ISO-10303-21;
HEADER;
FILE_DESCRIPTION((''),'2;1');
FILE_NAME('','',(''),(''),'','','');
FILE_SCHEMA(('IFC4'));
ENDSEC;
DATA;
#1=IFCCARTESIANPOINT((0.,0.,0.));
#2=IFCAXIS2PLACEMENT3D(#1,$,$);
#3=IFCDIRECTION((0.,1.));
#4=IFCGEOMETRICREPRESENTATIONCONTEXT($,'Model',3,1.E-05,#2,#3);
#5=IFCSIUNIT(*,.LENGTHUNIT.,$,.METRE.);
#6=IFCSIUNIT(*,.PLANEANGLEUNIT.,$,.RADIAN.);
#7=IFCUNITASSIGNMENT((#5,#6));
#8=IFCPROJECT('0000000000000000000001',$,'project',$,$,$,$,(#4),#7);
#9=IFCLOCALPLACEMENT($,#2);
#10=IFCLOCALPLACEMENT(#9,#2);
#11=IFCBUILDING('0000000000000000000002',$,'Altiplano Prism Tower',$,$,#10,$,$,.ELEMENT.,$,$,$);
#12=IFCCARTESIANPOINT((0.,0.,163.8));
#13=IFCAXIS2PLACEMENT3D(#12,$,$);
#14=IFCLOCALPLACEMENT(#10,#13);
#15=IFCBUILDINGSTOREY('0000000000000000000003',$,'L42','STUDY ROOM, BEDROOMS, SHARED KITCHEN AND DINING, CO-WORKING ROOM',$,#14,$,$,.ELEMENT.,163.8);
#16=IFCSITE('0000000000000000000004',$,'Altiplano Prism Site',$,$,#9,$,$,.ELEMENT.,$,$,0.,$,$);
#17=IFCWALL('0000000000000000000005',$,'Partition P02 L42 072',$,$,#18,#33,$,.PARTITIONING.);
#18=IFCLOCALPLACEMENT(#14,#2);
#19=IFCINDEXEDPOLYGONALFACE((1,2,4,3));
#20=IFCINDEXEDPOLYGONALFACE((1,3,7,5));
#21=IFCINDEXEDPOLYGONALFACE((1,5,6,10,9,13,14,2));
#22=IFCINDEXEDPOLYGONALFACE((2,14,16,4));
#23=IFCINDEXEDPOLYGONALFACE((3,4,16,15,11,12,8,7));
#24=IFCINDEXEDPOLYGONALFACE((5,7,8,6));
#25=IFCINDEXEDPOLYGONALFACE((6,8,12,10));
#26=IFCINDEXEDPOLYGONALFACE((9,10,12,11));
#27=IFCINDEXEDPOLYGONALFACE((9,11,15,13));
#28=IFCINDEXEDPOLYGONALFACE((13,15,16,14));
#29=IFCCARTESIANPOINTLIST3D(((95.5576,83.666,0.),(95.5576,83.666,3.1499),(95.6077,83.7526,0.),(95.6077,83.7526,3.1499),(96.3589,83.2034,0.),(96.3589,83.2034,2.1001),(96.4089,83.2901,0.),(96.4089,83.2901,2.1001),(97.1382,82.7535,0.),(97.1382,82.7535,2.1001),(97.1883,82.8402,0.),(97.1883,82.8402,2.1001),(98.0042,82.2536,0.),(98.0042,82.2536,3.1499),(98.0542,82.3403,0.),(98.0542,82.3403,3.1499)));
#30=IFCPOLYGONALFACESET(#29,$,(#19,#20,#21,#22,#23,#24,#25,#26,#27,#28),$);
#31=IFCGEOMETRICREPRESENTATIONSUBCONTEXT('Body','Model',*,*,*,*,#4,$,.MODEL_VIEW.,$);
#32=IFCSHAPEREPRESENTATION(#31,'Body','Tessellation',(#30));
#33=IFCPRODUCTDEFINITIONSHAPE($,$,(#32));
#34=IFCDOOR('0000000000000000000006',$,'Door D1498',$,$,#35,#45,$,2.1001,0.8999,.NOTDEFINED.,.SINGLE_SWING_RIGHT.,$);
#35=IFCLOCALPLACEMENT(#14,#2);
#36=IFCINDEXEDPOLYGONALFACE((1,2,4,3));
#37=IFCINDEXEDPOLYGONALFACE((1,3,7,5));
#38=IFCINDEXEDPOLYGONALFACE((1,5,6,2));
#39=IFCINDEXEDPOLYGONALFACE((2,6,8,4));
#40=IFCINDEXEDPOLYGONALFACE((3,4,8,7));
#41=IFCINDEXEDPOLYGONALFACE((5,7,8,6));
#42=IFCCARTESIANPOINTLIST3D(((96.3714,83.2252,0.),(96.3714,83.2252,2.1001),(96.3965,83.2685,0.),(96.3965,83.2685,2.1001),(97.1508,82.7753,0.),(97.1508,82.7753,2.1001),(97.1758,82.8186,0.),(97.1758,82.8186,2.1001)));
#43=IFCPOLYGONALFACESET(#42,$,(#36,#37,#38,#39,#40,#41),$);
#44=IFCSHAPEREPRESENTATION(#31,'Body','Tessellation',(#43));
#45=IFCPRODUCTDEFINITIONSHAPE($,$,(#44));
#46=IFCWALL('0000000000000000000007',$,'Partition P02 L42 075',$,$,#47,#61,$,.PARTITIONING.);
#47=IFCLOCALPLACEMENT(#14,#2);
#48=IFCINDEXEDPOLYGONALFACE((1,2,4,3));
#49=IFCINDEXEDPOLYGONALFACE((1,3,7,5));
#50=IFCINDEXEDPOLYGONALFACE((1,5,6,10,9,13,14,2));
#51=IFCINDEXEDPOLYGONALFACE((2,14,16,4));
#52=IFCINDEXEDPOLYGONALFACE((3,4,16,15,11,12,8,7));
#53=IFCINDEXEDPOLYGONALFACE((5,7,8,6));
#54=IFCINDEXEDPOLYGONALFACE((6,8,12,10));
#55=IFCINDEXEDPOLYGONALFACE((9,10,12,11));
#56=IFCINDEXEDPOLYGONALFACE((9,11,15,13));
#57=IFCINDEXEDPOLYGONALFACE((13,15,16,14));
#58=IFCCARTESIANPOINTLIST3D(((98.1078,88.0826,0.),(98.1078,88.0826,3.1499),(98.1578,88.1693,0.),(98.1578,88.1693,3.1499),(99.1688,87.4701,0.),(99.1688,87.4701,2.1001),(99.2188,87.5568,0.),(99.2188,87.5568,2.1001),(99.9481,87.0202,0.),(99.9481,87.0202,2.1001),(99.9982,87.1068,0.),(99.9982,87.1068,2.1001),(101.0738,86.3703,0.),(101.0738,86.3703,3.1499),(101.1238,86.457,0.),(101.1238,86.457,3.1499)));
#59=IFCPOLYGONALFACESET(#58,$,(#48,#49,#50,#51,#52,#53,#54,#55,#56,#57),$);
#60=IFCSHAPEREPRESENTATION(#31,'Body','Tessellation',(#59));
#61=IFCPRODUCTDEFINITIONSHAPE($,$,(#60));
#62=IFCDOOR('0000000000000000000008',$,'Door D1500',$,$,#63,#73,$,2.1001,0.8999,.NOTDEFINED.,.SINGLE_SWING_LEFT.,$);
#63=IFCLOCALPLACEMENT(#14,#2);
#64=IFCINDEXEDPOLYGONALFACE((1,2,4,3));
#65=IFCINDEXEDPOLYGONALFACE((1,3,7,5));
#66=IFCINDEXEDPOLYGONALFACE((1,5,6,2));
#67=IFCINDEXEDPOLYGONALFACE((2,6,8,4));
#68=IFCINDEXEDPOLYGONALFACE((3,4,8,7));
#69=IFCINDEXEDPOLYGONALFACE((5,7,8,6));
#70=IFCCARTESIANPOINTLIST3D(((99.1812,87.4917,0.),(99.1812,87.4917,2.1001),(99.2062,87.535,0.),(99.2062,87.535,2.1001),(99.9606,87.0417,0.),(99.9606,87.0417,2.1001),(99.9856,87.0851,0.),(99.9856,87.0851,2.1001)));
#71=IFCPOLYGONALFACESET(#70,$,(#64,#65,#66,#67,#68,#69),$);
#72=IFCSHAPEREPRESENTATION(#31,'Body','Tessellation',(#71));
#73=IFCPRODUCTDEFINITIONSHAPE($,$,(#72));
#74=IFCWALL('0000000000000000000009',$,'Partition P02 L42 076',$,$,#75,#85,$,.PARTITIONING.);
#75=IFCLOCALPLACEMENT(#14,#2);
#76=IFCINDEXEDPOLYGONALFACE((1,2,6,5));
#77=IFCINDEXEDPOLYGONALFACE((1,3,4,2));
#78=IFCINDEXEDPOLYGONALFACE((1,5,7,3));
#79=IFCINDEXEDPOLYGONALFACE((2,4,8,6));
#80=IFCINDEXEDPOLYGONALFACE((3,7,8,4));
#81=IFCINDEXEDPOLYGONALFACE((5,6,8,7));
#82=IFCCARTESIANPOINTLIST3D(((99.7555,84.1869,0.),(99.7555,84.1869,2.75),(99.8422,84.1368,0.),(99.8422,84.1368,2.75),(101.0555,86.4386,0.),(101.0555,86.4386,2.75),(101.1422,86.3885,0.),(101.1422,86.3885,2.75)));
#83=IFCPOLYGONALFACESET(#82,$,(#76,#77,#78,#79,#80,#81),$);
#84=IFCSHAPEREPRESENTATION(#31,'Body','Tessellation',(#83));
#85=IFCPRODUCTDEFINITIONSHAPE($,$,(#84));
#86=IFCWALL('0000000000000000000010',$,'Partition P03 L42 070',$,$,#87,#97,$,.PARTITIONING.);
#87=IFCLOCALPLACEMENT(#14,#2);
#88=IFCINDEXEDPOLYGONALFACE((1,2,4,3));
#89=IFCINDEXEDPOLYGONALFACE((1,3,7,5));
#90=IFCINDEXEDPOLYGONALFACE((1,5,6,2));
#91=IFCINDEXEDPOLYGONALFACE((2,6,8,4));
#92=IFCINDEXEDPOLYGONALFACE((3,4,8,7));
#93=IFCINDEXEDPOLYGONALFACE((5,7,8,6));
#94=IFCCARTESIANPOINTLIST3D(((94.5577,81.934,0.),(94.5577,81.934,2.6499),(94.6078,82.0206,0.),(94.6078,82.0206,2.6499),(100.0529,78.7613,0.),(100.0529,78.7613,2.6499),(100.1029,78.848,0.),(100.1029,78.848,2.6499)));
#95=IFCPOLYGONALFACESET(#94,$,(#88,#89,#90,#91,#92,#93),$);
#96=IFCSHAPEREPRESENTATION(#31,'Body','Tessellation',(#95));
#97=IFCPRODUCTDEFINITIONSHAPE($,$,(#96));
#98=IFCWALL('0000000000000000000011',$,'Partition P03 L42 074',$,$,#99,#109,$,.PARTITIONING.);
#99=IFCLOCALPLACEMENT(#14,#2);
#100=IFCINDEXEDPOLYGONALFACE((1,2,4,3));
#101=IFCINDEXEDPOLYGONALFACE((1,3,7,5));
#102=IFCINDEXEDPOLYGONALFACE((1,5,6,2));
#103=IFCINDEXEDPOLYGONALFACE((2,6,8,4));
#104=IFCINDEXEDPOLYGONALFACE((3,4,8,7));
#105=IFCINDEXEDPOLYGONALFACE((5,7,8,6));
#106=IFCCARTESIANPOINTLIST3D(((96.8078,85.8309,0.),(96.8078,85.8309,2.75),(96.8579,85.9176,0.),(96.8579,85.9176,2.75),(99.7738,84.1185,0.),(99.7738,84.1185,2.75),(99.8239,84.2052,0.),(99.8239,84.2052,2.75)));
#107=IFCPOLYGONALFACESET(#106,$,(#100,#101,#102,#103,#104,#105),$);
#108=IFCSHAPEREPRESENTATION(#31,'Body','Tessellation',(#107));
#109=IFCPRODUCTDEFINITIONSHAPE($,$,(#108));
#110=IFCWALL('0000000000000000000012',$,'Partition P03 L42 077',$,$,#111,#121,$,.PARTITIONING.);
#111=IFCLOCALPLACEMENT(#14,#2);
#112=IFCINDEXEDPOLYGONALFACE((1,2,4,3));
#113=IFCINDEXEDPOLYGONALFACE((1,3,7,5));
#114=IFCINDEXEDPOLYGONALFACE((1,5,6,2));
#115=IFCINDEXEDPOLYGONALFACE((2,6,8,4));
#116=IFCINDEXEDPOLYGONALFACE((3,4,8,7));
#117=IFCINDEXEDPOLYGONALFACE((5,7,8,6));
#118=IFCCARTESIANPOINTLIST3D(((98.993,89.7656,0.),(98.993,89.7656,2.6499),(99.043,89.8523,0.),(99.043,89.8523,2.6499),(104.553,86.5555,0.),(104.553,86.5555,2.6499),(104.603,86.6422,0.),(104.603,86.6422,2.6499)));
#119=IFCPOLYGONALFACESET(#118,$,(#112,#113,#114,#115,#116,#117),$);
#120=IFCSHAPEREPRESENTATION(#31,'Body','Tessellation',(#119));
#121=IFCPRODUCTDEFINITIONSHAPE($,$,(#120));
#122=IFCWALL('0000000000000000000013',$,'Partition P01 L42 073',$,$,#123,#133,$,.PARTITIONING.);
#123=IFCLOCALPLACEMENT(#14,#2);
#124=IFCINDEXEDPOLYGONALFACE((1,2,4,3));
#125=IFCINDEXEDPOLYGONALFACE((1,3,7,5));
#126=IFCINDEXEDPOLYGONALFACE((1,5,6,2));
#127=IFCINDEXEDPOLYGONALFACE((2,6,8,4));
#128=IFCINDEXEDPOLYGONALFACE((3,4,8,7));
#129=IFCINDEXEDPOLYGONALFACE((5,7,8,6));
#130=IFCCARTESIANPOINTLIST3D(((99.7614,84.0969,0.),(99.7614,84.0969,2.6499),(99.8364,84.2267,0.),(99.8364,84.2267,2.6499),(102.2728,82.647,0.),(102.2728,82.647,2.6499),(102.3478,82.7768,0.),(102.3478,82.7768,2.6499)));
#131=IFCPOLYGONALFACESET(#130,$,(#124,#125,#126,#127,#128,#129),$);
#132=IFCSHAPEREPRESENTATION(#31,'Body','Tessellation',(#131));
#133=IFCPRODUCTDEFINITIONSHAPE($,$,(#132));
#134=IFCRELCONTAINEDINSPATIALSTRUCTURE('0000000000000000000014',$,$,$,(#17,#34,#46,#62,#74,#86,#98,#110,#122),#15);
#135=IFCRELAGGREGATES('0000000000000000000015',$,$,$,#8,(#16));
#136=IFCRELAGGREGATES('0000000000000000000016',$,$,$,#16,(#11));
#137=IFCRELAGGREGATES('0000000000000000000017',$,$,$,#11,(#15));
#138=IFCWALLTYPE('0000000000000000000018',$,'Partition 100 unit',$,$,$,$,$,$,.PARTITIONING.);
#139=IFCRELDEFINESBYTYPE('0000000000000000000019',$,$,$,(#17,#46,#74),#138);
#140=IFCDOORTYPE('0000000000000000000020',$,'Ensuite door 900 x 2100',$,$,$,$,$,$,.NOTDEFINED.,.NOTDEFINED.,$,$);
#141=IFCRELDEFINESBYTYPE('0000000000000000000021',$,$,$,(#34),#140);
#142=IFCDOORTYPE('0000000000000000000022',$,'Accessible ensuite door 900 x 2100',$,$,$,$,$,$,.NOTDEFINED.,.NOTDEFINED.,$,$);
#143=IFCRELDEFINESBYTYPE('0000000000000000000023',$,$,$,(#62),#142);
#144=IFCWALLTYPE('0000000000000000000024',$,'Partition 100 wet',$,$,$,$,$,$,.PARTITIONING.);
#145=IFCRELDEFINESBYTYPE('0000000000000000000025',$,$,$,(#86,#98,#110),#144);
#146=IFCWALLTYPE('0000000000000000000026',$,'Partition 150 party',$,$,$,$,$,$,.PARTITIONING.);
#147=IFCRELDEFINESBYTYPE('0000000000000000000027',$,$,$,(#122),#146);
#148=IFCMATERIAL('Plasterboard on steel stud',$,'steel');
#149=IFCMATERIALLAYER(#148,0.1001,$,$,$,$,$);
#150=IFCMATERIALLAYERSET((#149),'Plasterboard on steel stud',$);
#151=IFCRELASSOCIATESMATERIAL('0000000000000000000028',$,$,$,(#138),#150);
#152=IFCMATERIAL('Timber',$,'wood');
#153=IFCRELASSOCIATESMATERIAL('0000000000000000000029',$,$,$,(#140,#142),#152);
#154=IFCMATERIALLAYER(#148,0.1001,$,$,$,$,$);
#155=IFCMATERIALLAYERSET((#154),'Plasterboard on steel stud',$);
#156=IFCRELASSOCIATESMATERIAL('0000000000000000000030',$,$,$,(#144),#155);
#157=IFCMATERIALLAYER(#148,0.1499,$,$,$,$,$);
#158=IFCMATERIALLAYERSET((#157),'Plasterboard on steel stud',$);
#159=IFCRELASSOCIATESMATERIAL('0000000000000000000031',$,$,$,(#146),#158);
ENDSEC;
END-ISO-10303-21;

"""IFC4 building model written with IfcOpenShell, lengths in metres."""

from ifc_helpers import new_model, si_unit, direction, frame, frame_2d, origin, place, context, subcontext, project, spatial, rectangle, extrude, material, layer, layer_set, type_object, element, fill, save


model = new_model("IFC4")

# Units and contexts
model_context = context("Model", 3, precision=1e-05, world=origin(), true_north=direction((0.0, 1.0)))
body_context = subcontext(model_context, "Body", "Model", "MODEL_VIEW")
ifc_project = project(units=[si_unit("LENGTHUNIT", "METRE"), si_unit("PLANEANGLEUNIT", "RADIAN")], contexts=[model_context])

# Site, building, storey
site_placement = place(None, origin())
site = spatial("IfcSite", under=ifc_project, at=site_placement, Name="Altiplano Prism Site", CompositionType="ELEMENT", RefElevation=0.0)
building_placement = place(site_placement, origin())
building = spatial("IfcBuilding", under=site, at=building_placement, Name="Altiplano Prism Tower", CompositionType="ELEMENT")
storey_placement = place(building_placement, frame((0.0, 0.0, 163.8)))
storey = spatial("IfcBuildingStorey", under=building, at=storey_placement, Name="L42", Description="STUDY ROOM, BEDROOMS, SHARED KITCHEN AND DINING, CO-WORKING ROOM", CompositionType="ELEMENT", Elevation=163.8)

# Shared definitions
ifc_material_1 = material(Name="Plasterboard on steel stud", Category="steel")
ifc_layer_1 = layer(ifc_material_1, 0.1001)
ifc_layer_set_1 = layer_set([ifc_layer_1], Name="Plasterboard on steel stud")
wall_type_1 = type_object("IfcWallType", Name="Partition 100 unit", PredefinedType="PARTITIONING", material=ifc_layer_set_1)

# Walls, openings, doors
wall_1_placement = place(storey_placement, frame((98.0293, 82.2969, 0.0), z_axis=(0.0, 0.0, 1.0), x_axis=(-0.866049, 0.499959, 0.0)))
wall_1 = element("IfcWall", 1, at=wall_1_placement, inside=storey, type_object=wall_type_1, Name="Partition P02 L42 072", PredefinedType="PARTITIONING", context=body_context, shape_type="SweptSolid", body=[
    extrude(rectangle(XDim=2.825, YDim=0.1001, at=frame_2d((1.4126, 0.0))), origin(), (0.0, 0.0, 1.0), 3.1499),
])
opening_1_placement = place(wall_1_placement, frame((1.0, 0.0, 0.0)))
opening_1 = element("IfcOpeningElement", 2, at=opening_1_placement, cuts=wall_1, PredefinedType="OPENING", context=body_context, shape_type="SweptSolid", body=[
    extrude(rectangle(XDim=0.8999, YDim=2.1001, at=frame_2d((0.45, 1.05))), frame((0.0, 0.0605, 0.0), z_axis=(0.0, -1.0, 0.0), x_axis=(1.0, 0.0, 0.0)), (0.0, 0.0, 1.0), 0.1211),
])
ifc_material_2 = material(Name="Timber", Category="wood")
door_type_1 = type_object("IfcDoorType", Name="Ensuite door 900 x 2100", OperationType="NOTDEFINED", PredefinedType="NOTDEFINED", material=ifc_material_2)
door_1_placement = place(opening_1_placement, origin())
door_1 = element("IfcDoor", 3, at=door_1_placement, inside=storey, type_object=door_type_1, Name="Door D1498", OperationType="SINGLE_SWING_RIGHT", OverallHeight=2.1001, OverallWidth=0.8999, PredefinedType="NOTDEFINED", context=body_context, shape_type="SweptSolid", body=[
    extrude(rectangle(XDim=0.8999, YDim=2.1001, at=frame_2d((0.45, 1.05))), frame((0.0, 0.0249, 0.0), z_axis=(0.0, -1.0, 0.0), x_axis=(1.0, 0.0, 0.0)), (0.0, 0.0, 1.0), 0.05),
])
fill(opening_1, door_1)
wall_2_placement = place(storey_placement, frame((98.1328, 88.126, 0.0), z_axis=(0.0, 0.0, 1.0), x_axis=(0.866032, -0.499988, 0.0)))
wall_2 = element("IfcWall", 4, at=wall_2_placement, inside=storey, type_object=wall_type_1, Name="Partition P02 L42 075", PredefinedType="PARTITIONING", context=body_context, shape_type="SweptSolid", body=[
    extrude(rectangle(XDim=3.4248, YDim=0.1001, at=frame_2d((1.7124, 0.0))), origin(), (0.0, 0.0, 1.0), 3.1499),
])
opening_2_placement = place(wall_2_placement, frame((1.2251, 0.0, 0.0)))
opening_2 = element("IfcOpeningElement", 5, at=opening_2_placement, cuts=wall_2, PredefinedType="OPENING", context=body_context, shape_type="SweptSolid", body=[
    extrude(rectangle(XDim=0.8999, YDim=2.1001, at=frame_2d((0.45, 1.05))), frame((0.0, 0.0605, 0.0), z_axis=(0.0, -1.0, 0.0), x_axis=(1.0, 0.0, 0.0)), (0.0, 0.0, 1.0), 0.1211),
])
door_type_2 = type_object("IfcDoorType", Name="Accessible ensuite door 900 x 2100", OperationType="NOTDEFINED", PredefinedType="NOTDEFINED", material=ifc_material_2)
door_2_placement = place(opening_2_placement, origin())
door_2 = element("IfcDoor", 6, at=door_2_placement, inside=storey, type_object=door_type_2, Name="Door D1500", OperationType="SINGLE_SWING_LEFT", OverallHeight=2.1001, OverallWidth=0.8999, PredefinedType="NOTDEFINED", context=body_context, shape_type="SweptSolid", body=[
    extrude(rectangle(XDim=0.8999, YDim=2.1001, at=frame_2d((0.45, 1.05))), frame((0.0, 0.0249, 0.0), z_axis=(0.0, -1.0, 0.0), x_axis=(1.0, 0.0, 0.0)), (0.0, 0.0, 1.0), 0.05),
])
fill(opening_2, door_2)

# Walls
wall_3_placement = place(storey_placement, frame((101.0989, 86.4136, 0.0), z_axis=(0.0, 0.0, 1.0), x_axis=(-0.500007, -0.866021, 0.0)))
element("IfcWall", 7, at=wall_3_placement, inside=storey, type_object=wall_type_1, Name="Partition P02 L42 076", PredefinedType="PARTITIONING", context=body_context, shape_type="SweptSolid", body=[
    extrude(rectangle(XDim=2.6001, YDim=0.1001, at=frame_2d((1.3, 0.0))), origin(), (0.0, 0.0, 1.0), 2.75),
])
ifc_layer_2 = layer(ifc_material_1, 0.1001)
ifc_layer_set_2 = layer_set([ifc_layer_2], Name="Plasterboard on steel stud")
wall_type_2 = type_object("IfcWallType", Name="Partition 100 wet", PredefinedType="PARTITIONING", material=ifc_layer_set_2)
wall_4_placement = place(storey_placement, frame((100.0779, 78.8047, 0.0), z_axis=(0.0, 0.0, 1.0), x_axis=(-0.866025, 0.5, 0.0)))
element("IfcWall", 8, at=wall_4_placement, inside=storey, type_object=wall_type_2, Name="Partition P03 L42 070", PredefinedType="PARTITIONING", context=body_context, shape_type="SweptSolid", body=[
    extrude(rectangle(XDim=6.3452, YDim=0.1001, at=frame_2d((3.1726, 0.0))), origin(), (0.0, 0.0, 1.0), 2.6499),
])
wall_5_placement = place(storey_placement, frame((99.7988, 84.1619, 0.0), z_axis=(0.0, 0.0, 1.0), x_axis=(-0.866032, 0.499988, 0.0)))
element("IfcWall", 9, at=wall_5_placement, inside=storey, type_object=wall_type_2, Name="Partition P03 L42 074", PredefinedType="PARTITIONING", context=body_context, shape_type="SweptSolid", body=[
    extrude(rectangle(XDim=3.4248, YDim=0.1001, at=frame_2d((1.7124, 0.0))), origin(), (0.0, 0.0, 1.0), 2.75),
])
wall_6_placement = place(storey_placement, frame((104.5779, 86.5989, 0.0), z_axis=(0.0, 0.0, 1.0), x_axis=(-0.866018, 0.500012, 0.0)))
element("IfcWall", 10, at=wall_6_placement, inside=storey, type_object=wall_type_2, Name="Partition P03 L42 077", PredefinedType="PARTITIONING", context=body_context, shape_type="SweptSolid", body=[
    extrude(rectangle(XDim=6.4202, YDim=0.1001, at=frame_2d((3.21, 0.0))), origin(), (0.0, 0.0, 1.0), 2.6499),
])
ifc_layer_3 = layer(ifc_material_1, 0.1499)
ifc_layer_set_3 = layer_set([ifc_layer_3], Name="Plasterboard on steel stud")
wall_type_3 = type_object("IfcWallType", Name="Partition 150 party", PredefinedType="PARTITIONING", material=ifc_layer_set_3)
wall_7_placement = place(storey_placement, frame((102.3103, 82.7119, 0.0), z_axis=(0.0, 0.0, 1.0), x_axis=(-0.866033, 0.499987, 0.0)))
element("IfcWall", 11, at=wall_7_placement, inside=storey, type_object=wall_type_3, Name="Partition P01 L42 073", PredefinedType="PARTITIONING", context=body_context, shape_type="SweptSolid", body=[
    extrude(rectangle(XDim=2.8999, YDim=0.1499, at=frame_2d((1.45, 0.0))), origin(), (0.0, 0.0, 1.0), 2.6499),
])

save(model, "model.ifc")
